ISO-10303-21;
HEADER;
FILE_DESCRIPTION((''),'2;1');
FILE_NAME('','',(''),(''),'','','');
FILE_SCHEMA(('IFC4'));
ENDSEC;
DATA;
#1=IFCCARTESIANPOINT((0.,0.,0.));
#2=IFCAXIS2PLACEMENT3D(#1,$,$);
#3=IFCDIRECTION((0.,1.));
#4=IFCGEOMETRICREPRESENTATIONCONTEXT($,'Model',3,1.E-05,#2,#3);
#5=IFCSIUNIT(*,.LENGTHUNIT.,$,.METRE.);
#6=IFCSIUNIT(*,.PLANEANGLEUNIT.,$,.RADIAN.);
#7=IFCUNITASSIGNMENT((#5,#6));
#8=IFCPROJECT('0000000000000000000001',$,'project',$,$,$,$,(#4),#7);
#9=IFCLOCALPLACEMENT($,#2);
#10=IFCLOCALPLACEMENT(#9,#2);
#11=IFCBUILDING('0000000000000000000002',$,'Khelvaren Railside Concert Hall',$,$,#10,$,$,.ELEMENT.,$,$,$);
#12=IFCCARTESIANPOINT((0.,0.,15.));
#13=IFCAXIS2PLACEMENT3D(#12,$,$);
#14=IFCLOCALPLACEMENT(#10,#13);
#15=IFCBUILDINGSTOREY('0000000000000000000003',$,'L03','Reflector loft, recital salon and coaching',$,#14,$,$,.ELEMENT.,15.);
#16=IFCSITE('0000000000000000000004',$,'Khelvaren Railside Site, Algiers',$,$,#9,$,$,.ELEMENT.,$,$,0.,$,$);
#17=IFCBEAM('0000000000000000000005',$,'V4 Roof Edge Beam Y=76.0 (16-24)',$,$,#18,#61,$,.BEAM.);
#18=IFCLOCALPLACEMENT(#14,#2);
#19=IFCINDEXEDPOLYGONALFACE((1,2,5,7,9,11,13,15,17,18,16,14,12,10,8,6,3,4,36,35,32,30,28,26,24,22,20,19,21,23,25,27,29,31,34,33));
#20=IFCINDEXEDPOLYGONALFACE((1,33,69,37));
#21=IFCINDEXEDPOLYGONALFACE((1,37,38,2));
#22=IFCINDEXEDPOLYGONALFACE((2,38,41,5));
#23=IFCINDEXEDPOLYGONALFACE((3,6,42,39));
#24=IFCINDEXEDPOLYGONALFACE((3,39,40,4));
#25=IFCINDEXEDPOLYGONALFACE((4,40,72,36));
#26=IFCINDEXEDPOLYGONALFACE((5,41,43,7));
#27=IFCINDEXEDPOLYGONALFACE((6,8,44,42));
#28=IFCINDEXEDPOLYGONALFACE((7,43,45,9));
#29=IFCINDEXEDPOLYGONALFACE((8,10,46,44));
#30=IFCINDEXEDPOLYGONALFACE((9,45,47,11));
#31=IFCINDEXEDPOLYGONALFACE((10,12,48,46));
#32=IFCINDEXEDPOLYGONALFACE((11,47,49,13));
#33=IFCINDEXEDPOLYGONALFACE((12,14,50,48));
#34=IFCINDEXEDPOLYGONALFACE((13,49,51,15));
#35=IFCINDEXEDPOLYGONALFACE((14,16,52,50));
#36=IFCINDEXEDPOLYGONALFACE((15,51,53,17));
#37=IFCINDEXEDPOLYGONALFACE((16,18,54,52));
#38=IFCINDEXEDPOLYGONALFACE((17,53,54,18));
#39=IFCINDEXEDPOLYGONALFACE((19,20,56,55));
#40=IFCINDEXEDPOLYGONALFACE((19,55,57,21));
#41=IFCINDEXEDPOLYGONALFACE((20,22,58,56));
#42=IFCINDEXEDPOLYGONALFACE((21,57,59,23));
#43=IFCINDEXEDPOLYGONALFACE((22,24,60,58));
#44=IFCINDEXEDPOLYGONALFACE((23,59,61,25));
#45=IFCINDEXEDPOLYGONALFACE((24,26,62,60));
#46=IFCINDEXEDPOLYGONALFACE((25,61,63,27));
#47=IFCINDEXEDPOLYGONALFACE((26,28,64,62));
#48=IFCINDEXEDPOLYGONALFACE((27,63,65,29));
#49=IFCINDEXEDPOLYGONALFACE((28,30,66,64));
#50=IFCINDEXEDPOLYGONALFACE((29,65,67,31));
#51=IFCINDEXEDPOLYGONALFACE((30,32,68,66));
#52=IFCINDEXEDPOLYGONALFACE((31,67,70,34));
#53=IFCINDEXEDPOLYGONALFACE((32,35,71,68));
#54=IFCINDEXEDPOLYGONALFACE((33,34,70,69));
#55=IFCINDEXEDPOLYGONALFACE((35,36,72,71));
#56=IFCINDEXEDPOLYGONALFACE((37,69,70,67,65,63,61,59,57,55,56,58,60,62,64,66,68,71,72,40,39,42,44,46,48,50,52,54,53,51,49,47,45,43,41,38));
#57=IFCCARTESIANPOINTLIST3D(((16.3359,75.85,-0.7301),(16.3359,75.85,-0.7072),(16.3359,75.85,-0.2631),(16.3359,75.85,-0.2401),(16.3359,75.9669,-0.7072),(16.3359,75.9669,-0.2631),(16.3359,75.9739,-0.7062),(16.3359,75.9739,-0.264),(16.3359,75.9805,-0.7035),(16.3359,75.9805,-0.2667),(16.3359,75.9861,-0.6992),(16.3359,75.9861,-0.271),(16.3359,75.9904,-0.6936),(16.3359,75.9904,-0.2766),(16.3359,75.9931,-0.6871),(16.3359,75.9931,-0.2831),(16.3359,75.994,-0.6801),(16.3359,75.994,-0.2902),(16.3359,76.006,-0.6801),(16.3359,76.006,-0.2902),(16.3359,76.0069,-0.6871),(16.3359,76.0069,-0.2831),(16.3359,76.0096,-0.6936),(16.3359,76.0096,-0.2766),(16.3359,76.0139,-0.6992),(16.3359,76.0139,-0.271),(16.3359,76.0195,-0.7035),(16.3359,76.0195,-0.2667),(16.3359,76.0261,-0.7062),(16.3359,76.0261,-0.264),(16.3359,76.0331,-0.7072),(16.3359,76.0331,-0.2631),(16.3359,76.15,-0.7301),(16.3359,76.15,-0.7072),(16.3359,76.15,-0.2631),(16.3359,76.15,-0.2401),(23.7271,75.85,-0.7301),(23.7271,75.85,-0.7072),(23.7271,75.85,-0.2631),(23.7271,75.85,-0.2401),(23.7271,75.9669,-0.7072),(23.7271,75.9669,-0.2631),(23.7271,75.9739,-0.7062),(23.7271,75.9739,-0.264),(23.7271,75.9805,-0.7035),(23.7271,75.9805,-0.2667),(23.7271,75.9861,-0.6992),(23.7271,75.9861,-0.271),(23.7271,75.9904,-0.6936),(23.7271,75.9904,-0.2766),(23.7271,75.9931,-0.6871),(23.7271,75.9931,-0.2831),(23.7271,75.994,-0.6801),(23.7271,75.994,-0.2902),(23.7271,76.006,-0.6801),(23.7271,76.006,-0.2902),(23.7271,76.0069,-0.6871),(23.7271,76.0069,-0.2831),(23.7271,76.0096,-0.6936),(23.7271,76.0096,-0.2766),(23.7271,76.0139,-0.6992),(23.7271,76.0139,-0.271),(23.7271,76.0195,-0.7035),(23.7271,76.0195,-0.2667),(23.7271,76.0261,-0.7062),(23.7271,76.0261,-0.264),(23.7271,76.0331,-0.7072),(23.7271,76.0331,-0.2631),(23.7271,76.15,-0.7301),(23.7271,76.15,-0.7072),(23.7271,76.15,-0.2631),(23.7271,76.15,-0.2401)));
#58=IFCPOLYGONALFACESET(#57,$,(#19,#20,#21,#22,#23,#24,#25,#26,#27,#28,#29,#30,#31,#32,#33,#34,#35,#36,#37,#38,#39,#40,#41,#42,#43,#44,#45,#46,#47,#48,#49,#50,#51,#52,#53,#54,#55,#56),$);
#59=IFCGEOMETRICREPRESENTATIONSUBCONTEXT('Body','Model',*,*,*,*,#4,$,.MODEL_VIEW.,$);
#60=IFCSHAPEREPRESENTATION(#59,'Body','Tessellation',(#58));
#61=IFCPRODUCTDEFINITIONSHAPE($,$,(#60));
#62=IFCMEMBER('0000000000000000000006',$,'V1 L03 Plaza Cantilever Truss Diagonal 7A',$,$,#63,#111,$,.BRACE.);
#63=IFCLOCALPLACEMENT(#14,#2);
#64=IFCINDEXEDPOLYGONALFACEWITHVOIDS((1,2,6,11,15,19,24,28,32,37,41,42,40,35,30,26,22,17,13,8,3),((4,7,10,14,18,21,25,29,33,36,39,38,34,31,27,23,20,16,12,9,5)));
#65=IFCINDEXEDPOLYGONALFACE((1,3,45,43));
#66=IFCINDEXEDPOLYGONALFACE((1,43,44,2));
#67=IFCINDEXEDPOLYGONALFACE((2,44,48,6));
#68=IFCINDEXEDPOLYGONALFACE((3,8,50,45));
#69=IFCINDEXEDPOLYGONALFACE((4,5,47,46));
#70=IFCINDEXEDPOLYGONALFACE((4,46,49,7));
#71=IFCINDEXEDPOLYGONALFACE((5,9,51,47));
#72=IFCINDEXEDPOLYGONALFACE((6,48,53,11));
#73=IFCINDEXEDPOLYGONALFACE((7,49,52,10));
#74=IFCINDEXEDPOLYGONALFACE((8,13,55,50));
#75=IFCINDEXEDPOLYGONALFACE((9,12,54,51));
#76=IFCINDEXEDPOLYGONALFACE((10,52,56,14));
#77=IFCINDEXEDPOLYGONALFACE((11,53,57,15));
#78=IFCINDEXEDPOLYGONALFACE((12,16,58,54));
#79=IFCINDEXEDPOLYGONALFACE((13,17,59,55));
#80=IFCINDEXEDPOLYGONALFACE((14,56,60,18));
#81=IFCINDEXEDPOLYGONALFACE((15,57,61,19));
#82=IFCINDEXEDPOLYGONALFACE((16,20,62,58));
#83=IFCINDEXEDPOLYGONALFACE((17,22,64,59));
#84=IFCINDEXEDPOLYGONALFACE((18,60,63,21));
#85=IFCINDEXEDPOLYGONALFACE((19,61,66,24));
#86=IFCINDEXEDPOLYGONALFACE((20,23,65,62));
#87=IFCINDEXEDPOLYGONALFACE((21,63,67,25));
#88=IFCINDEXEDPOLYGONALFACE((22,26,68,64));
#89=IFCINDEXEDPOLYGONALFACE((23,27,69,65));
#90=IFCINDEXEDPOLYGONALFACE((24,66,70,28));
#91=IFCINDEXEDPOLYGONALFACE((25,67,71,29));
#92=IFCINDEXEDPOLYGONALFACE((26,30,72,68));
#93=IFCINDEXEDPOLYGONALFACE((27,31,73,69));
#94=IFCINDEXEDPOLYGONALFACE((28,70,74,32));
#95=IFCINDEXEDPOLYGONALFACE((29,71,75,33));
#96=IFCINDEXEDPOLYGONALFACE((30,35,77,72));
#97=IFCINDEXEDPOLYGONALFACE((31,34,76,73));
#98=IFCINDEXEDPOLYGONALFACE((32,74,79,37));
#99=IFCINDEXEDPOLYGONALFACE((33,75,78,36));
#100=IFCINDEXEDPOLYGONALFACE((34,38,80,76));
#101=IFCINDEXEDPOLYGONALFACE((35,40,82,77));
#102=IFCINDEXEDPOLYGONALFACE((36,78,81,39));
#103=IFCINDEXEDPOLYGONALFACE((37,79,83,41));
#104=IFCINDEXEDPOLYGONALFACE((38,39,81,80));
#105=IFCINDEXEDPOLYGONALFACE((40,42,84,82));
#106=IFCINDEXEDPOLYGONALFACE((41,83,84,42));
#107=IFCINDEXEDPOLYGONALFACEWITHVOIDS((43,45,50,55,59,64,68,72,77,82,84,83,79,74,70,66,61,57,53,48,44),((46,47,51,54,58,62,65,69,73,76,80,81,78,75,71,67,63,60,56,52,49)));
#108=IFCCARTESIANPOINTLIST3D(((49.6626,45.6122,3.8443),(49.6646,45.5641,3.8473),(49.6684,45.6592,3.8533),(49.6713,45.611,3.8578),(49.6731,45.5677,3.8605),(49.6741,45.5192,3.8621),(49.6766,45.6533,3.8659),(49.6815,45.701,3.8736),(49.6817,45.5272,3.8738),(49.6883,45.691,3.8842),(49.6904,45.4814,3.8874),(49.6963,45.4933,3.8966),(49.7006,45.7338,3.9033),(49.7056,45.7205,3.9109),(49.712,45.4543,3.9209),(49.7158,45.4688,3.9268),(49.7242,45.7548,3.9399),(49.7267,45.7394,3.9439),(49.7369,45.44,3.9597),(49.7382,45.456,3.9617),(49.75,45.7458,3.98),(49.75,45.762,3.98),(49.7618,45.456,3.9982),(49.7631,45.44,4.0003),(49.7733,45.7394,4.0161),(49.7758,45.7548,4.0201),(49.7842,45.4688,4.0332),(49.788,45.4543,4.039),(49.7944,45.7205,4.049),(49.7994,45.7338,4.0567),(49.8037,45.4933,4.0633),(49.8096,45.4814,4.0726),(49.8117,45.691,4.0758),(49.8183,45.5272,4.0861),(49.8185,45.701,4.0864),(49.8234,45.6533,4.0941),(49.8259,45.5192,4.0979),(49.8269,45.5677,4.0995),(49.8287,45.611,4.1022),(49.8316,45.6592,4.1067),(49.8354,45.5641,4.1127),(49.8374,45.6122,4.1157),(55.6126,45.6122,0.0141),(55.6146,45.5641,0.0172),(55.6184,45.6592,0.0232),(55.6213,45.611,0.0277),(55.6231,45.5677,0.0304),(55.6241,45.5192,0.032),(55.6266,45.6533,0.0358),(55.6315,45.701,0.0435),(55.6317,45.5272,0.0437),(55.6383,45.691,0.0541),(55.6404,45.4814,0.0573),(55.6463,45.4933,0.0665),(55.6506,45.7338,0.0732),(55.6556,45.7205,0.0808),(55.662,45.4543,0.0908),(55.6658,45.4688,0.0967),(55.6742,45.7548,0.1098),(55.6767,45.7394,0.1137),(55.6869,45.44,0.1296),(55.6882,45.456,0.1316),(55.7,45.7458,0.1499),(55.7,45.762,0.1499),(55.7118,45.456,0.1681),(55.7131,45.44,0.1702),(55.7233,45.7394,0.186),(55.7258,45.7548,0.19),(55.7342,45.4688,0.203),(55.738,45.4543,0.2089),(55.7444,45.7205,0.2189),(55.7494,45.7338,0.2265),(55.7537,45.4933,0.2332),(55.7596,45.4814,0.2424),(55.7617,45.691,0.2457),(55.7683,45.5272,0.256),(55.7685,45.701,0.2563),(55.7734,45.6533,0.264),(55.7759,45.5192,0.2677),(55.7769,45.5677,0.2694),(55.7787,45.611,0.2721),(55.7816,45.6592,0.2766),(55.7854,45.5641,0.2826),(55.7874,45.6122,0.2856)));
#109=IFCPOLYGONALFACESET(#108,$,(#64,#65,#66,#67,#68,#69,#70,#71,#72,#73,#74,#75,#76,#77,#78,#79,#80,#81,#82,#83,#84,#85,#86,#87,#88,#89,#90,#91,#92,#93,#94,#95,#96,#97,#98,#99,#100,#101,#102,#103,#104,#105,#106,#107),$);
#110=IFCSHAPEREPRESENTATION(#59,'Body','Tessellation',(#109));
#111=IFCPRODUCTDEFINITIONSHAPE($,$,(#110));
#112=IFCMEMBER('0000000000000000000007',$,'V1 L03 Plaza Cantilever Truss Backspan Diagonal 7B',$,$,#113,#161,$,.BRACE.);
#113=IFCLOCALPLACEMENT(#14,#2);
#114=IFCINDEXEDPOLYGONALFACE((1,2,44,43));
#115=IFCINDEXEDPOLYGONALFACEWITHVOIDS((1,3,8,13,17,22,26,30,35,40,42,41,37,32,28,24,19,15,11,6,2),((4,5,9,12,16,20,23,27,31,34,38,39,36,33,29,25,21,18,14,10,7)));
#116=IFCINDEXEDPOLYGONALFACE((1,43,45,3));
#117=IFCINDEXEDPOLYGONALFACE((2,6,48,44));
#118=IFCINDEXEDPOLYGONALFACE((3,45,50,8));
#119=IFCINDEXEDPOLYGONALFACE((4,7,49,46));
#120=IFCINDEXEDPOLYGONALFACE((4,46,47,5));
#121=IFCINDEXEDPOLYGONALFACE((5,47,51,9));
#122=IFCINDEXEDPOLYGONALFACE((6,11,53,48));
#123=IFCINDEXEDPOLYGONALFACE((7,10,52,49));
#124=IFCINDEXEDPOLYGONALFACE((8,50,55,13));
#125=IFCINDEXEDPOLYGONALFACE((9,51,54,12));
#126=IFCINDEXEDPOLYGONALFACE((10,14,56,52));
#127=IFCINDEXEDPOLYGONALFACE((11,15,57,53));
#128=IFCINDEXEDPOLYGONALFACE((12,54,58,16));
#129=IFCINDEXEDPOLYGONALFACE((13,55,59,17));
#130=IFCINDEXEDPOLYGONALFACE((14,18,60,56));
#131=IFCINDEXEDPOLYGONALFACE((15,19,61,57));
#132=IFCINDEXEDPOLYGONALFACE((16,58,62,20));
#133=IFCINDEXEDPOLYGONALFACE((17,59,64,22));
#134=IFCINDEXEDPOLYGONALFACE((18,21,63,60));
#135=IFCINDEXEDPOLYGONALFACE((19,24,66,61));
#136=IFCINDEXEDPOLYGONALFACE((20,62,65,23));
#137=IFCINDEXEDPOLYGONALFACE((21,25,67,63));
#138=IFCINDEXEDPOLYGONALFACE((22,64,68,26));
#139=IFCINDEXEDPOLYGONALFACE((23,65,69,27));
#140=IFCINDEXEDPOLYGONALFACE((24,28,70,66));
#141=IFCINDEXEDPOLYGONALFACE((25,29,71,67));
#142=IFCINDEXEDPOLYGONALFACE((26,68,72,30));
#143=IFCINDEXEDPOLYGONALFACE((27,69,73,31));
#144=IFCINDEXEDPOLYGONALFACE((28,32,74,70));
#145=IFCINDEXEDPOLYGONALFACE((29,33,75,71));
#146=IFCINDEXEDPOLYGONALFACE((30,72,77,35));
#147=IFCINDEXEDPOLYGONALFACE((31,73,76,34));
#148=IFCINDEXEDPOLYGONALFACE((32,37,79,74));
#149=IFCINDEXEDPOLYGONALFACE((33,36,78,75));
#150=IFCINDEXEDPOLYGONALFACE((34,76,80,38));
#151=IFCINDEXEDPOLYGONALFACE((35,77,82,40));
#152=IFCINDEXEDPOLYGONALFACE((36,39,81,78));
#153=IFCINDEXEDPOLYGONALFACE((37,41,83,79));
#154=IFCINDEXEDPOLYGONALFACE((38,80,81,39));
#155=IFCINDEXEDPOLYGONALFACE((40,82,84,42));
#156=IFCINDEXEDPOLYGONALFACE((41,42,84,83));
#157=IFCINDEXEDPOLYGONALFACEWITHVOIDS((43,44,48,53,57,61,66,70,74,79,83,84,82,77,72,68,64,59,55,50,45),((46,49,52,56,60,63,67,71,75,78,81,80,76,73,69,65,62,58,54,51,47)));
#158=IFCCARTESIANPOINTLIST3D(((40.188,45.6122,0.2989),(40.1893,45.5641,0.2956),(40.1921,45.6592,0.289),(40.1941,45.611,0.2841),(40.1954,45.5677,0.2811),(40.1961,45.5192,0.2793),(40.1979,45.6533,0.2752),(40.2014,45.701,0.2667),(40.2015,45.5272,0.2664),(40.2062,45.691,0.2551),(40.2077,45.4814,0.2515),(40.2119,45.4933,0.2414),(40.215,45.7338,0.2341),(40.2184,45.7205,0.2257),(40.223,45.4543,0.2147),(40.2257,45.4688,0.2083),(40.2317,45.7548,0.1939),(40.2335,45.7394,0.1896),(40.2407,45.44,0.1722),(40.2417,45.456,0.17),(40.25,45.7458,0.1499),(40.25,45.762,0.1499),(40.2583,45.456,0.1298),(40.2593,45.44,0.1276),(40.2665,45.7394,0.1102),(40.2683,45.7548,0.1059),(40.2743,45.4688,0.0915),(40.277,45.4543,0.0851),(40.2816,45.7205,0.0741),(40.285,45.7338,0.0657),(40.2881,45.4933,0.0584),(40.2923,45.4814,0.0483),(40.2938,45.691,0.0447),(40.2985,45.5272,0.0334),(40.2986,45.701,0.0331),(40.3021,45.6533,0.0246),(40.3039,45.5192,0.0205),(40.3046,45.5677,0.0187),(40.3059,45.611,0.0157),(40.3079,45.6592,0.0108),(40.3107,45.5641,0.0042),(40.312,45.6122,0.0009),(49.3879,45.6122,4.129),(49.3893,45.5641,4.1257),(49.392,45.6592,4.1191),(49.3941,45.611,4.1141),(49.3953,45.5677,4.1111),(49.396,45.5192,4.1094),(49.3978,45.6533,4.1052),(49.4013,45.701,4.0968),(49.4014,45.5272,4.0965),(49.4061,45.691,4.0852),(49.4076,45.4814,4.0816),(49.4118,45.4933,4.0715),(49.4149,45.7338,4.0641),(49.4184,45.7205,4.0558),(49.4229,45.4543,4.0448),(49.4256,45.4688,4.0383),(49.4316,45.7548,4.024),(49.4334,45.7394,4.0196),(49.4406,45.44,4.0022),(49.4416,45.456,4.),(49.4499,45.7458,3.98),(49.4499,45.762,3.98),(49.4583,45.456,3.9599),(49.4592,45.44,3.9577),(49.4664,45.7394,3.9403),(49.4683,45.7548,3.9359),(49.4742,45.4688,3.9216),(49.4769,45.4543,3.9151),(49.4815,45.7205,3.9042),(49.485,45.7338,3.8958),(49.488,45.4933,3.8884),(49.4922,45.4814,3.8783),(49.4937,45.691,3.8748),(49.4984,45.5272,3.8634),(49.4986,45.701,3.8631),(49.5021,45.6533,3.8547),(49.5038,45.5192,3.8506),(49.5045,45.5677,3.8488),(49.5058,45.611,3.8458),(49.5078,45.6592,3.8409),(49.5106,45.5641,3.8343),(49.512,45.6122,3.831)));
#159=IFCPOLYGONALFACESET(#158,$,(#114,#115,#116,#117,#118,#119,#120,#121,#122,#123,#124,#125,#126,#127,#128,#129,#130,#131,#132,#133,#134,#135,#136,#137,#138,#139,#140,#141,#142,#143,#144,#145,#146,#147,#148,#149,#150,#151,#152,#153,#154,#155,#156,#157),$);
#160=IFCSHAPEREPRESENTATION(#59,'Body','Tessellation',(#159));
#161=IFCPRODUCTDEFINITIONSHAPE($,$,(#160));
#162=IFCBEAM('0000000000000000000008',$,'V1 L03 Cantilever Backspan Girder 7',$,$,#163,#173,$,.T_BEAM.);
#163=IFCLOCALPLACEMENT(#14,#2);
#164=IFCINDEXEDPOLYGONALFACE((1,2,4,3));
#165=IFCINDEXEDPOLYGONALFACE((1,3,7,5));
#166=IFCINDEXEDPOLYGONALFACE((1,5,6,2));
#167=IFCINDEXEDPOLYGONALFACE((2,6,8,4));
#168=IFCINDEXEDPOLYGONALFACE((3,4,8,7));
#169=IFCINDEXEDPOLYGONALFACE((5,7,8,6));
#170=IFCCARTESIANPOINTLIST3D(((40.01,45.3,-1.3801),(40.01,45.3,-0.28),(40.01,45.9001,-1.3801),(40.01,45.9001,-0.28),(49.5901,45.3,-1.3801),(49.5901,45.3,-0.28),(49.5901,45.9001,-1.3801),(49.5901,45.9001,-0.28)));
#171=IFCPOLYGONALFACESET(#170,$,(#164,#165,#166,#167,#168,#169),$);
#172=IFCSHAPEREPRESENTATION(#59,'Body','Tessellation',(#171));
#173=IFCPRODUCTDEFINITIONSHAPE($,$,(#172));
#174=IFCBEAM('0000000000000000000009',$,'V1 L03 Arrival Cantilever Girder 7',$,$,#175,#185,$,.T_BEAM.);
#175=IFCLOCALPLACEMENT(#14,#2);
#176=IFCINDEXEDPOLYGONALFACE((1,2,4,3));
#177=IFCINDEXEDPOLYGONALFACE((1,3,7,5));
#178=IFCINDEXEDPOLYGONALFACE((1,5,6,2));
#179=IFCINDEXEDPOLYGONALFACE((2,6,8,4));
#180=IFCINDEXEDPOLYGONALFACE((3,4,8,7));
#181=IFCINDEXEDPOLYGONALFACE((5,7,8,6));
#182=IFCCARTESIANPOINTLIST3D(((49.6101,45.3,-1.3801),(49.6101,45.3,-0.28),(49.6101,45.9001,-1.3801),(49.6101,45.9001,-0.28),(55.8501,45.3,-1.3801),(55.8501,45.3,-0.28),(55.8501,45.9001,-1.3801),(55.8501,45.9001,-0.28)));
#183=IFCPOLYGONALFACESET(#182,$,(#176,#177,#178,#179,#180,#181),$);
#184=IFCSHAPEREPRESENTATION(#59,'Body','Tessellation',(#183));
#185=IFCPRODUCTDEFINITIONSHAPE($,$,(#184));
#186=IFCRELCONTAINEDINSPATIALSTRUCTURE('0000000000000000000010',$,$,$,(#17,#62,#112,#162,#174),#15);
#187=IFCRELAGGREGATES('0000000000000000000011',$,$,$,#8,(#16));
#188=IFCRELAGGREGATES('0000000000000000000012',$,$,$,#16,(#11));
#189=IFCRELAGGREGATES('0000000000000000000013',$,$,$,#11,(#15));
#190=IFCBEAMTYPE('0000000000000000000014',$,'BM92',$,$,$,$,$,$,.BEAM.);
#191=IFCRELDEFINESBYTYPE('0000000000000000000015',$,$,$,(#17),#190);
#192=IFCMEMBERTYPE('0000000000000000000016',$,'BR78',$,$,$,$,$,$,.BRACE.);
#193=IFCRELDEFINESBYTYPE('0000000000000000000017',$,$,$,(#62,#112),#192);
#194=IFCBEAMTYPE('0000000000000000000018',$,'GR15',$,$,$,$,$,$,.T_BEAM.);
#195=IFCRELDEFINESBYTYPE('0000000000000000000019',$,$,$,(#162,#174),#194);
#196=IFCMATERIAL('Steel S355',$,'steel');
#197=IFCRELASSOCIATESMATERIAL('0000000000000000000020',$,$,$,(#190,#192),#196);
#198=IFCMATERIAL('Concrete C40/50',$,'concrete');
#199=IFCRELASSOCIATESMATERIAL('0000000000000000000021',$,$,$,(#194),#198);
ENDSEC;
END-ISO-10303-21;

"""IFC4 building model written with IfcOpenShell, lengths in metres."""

from ifc_helpers import new_model, si_unit, direction, frame, origin, origin_2d, place, context, subcontext, project, spatial, rectangle, hollow_circle, i_section, extrude, material, material_profile, profile_set, type_object, element, save


model = new_model("IFC4")

# Units and contexts
model_context = context("Model", 3, precision=1e-05, world=origin(), true_north=direction((0.0, 1.0)))
body_context = subcontext(model_context, "Body", "Model", "MODEL_VIEW")
ifc_project = project(units=[si_unit("LENGTHUNIT", "METRE"), si_unit("PLANEANGLEUNIT", "RADIAN")], contexts=[model_context])

# Site, building, storey
site_placement = place(None, origin())
site = spatial("IfcSite", under=ifc_project, at=site_placement, Name="Khelvaren Railside Site, Algiers", CompositionType="ELEMENT", RefElevation=0.0)
building_placement = place(site_placement, origin())
building = spatial("IfcBuilding", under=site, at=building_placement, Name="Khelvaren Railside Concert Hall", CompositionType="ELEMENT")
storey_placement = place(building_placement, frame((0.0, 0.0, 15.0)))
storey = spatial("IfcBuildingStorey", under=building, at=storey_placement, Name="L03", Description="Reflector loft, recital salon and coaching", CompositionType="ELEMENT", Elevation=15.0)

# Shared definitions
ifc_material_1 = material(Name="Steel S355", Category="steel")

# Beam
ifc_material_2 = material(Name="Concrete C40/50", Category="concrete")
ifc_material_profile_1 = material_profile(ifc_material_1, i_section(OverallWidth=0.3, OverallDepth=0.49, WebThickness=0.012, FlangeThickness=0.0229, FilletRadius=0.0271, at=origin_2d()), Name="HEA 500")
ifc_profile_set_1 = profile_set([ifc_material_profile_1], Name="Steel S355")
beam_type_1 = type_object("IfcBeamType", Name="BM92", PredefinedType="BEAM", material=ifc_profile_set_1)
beam_1_placement = place(storey_placement, frame((16.3359, 76.0, -0.4851), z_axis=(1.0, 0.0, 0.0), x_axis=(0.0, 1.0, 0.0)))
element("IfcBeam", 1, at=beam_1_placement, inside=storey, type_object=beam_type_1, Name="V4 Roof Edge Beam Y=76.0 (16-24)", PredefinedType="BEAM", context=body_context, shape_type="SweptSolid", body=[
    extrude(i_section(OverallWidth=0.3, OverallDepth=0.49, WebThickness=0.012, FlangeThickness=0.0229, FilletRadius=0.0271, at=origin_2d()), origin(), (0.0, 0.0, 1.0), 7.3911),
])

# Members
ifc_material_profile_2 = material_profile(ifc_material_1, hollow_circle(Radius=0.1619, WallThickness=0.0161, at=origin_2d()), Name="CHS 323.9x16")
ifc_profile_set_2 = profile_set([ifc_material_profile_2], Name="Steel S355")
member_type = type_object("IfcMemberType", Name="BR78", PredefinedType="BRACE", material=ifc_profile_set_2)
member_1_placement = place(storey_placement, frame((49.75, 45.6001, 3.98), z_axis=(0.84085, 0.0, -0.541268), x_axis=(0.0, 1.0, 0.0)))
element("IfcMember", 2, at=member_1_placement, inside=storey, type_object=member_type, Name="V1 L03 Plaza Cantilever Truss Diagonal 7A", PredefinedType="BRACE", context=body_context, shape_type="SweptSolid", body=[
    extrude(hollow_circle(Radius=0.1619, WallThickness=0.0161, at=origin_2d()), origin(), (0.0, 0.0, 1.0), 7.0762),
])
member_2_placement = place(storey_placement, frame((40.25, 45.6001, 0.1499), z_axis=(0.923192, 0.0, 0.384339), x_axis=(0.0, 1.0, 0.0)))
element("IfcMember", 3, at=member_2_placement, inside=storey, type_object=member_type, Name="V1 L03 Plaza Cantilever Truss Backspan Diagonal 7B", PredefinedType="BRACE", context=body_context, shape_type="SweptSolid", body=[
    extrude(hollow_circle(Radius=0.1619, WallThickness=0.0161, at=origin_2d()), origin(), (0.0, 0.0, 1.0), 9.9653),
])

# Beams
ifc_material_profile_3 = material_profile(ifc_material_2, rectangle(XDim=0.6001, YDim=1.1001, at=origin_2d()), Name="RCB 600x1100")
ifc_profile_set_3 = profile_set([ifc_material_profile_3], Name="Concrete C40/50")
beam_type_2 = type_object("IfcBeamType", Name="GR15", PredefinedType="T_BEAM", material=ifc_profile_set_3)
beam_2_placement = place(storey_placement, frame((40.01, 45.6001, -0.8301), z_axis=(1.0, 0.0, 0.0), x_axis=(0.0, 1.0, 0.0)))
element("IfcBeam", 4, at=beam_2_placement, inside=storey, type_object=beam_type_2, Name="V1 L03 Cantilever Backspan Girder 7", PredefinedType="T_BEAM", context=body_context, shape_type="SweptSolid", body=[
    extrude(rectangle(XDim=0.6001, YDim=1.1001, at=origin_2d()), origin(), (0.0, 0.0, 1.0), 9.5801),
])
beam_3_placement = place(storey_placement, frame((49.6101, 45.6001, -0.8301), z_axis=(1.0, 0.0, 0.0), x_axis=(0.0, 1.0, 0.0)))
element("IfcBeam", 5, at=beam_3_placement, inside=storey, type_object=beam_type_2, Name="V1 L03 Arrival Cantilever Girder 7", PredefinedType="T_BEAM", context=body_context, shape_type="SweptSolid", body=[
    extrude(rectangle(XDim=0.6001, YDim=1.1001, at=origin_2d()), origin(), (0.0, 0.0, 1.0), 6.24),
])

save(model, "model.ifc")
